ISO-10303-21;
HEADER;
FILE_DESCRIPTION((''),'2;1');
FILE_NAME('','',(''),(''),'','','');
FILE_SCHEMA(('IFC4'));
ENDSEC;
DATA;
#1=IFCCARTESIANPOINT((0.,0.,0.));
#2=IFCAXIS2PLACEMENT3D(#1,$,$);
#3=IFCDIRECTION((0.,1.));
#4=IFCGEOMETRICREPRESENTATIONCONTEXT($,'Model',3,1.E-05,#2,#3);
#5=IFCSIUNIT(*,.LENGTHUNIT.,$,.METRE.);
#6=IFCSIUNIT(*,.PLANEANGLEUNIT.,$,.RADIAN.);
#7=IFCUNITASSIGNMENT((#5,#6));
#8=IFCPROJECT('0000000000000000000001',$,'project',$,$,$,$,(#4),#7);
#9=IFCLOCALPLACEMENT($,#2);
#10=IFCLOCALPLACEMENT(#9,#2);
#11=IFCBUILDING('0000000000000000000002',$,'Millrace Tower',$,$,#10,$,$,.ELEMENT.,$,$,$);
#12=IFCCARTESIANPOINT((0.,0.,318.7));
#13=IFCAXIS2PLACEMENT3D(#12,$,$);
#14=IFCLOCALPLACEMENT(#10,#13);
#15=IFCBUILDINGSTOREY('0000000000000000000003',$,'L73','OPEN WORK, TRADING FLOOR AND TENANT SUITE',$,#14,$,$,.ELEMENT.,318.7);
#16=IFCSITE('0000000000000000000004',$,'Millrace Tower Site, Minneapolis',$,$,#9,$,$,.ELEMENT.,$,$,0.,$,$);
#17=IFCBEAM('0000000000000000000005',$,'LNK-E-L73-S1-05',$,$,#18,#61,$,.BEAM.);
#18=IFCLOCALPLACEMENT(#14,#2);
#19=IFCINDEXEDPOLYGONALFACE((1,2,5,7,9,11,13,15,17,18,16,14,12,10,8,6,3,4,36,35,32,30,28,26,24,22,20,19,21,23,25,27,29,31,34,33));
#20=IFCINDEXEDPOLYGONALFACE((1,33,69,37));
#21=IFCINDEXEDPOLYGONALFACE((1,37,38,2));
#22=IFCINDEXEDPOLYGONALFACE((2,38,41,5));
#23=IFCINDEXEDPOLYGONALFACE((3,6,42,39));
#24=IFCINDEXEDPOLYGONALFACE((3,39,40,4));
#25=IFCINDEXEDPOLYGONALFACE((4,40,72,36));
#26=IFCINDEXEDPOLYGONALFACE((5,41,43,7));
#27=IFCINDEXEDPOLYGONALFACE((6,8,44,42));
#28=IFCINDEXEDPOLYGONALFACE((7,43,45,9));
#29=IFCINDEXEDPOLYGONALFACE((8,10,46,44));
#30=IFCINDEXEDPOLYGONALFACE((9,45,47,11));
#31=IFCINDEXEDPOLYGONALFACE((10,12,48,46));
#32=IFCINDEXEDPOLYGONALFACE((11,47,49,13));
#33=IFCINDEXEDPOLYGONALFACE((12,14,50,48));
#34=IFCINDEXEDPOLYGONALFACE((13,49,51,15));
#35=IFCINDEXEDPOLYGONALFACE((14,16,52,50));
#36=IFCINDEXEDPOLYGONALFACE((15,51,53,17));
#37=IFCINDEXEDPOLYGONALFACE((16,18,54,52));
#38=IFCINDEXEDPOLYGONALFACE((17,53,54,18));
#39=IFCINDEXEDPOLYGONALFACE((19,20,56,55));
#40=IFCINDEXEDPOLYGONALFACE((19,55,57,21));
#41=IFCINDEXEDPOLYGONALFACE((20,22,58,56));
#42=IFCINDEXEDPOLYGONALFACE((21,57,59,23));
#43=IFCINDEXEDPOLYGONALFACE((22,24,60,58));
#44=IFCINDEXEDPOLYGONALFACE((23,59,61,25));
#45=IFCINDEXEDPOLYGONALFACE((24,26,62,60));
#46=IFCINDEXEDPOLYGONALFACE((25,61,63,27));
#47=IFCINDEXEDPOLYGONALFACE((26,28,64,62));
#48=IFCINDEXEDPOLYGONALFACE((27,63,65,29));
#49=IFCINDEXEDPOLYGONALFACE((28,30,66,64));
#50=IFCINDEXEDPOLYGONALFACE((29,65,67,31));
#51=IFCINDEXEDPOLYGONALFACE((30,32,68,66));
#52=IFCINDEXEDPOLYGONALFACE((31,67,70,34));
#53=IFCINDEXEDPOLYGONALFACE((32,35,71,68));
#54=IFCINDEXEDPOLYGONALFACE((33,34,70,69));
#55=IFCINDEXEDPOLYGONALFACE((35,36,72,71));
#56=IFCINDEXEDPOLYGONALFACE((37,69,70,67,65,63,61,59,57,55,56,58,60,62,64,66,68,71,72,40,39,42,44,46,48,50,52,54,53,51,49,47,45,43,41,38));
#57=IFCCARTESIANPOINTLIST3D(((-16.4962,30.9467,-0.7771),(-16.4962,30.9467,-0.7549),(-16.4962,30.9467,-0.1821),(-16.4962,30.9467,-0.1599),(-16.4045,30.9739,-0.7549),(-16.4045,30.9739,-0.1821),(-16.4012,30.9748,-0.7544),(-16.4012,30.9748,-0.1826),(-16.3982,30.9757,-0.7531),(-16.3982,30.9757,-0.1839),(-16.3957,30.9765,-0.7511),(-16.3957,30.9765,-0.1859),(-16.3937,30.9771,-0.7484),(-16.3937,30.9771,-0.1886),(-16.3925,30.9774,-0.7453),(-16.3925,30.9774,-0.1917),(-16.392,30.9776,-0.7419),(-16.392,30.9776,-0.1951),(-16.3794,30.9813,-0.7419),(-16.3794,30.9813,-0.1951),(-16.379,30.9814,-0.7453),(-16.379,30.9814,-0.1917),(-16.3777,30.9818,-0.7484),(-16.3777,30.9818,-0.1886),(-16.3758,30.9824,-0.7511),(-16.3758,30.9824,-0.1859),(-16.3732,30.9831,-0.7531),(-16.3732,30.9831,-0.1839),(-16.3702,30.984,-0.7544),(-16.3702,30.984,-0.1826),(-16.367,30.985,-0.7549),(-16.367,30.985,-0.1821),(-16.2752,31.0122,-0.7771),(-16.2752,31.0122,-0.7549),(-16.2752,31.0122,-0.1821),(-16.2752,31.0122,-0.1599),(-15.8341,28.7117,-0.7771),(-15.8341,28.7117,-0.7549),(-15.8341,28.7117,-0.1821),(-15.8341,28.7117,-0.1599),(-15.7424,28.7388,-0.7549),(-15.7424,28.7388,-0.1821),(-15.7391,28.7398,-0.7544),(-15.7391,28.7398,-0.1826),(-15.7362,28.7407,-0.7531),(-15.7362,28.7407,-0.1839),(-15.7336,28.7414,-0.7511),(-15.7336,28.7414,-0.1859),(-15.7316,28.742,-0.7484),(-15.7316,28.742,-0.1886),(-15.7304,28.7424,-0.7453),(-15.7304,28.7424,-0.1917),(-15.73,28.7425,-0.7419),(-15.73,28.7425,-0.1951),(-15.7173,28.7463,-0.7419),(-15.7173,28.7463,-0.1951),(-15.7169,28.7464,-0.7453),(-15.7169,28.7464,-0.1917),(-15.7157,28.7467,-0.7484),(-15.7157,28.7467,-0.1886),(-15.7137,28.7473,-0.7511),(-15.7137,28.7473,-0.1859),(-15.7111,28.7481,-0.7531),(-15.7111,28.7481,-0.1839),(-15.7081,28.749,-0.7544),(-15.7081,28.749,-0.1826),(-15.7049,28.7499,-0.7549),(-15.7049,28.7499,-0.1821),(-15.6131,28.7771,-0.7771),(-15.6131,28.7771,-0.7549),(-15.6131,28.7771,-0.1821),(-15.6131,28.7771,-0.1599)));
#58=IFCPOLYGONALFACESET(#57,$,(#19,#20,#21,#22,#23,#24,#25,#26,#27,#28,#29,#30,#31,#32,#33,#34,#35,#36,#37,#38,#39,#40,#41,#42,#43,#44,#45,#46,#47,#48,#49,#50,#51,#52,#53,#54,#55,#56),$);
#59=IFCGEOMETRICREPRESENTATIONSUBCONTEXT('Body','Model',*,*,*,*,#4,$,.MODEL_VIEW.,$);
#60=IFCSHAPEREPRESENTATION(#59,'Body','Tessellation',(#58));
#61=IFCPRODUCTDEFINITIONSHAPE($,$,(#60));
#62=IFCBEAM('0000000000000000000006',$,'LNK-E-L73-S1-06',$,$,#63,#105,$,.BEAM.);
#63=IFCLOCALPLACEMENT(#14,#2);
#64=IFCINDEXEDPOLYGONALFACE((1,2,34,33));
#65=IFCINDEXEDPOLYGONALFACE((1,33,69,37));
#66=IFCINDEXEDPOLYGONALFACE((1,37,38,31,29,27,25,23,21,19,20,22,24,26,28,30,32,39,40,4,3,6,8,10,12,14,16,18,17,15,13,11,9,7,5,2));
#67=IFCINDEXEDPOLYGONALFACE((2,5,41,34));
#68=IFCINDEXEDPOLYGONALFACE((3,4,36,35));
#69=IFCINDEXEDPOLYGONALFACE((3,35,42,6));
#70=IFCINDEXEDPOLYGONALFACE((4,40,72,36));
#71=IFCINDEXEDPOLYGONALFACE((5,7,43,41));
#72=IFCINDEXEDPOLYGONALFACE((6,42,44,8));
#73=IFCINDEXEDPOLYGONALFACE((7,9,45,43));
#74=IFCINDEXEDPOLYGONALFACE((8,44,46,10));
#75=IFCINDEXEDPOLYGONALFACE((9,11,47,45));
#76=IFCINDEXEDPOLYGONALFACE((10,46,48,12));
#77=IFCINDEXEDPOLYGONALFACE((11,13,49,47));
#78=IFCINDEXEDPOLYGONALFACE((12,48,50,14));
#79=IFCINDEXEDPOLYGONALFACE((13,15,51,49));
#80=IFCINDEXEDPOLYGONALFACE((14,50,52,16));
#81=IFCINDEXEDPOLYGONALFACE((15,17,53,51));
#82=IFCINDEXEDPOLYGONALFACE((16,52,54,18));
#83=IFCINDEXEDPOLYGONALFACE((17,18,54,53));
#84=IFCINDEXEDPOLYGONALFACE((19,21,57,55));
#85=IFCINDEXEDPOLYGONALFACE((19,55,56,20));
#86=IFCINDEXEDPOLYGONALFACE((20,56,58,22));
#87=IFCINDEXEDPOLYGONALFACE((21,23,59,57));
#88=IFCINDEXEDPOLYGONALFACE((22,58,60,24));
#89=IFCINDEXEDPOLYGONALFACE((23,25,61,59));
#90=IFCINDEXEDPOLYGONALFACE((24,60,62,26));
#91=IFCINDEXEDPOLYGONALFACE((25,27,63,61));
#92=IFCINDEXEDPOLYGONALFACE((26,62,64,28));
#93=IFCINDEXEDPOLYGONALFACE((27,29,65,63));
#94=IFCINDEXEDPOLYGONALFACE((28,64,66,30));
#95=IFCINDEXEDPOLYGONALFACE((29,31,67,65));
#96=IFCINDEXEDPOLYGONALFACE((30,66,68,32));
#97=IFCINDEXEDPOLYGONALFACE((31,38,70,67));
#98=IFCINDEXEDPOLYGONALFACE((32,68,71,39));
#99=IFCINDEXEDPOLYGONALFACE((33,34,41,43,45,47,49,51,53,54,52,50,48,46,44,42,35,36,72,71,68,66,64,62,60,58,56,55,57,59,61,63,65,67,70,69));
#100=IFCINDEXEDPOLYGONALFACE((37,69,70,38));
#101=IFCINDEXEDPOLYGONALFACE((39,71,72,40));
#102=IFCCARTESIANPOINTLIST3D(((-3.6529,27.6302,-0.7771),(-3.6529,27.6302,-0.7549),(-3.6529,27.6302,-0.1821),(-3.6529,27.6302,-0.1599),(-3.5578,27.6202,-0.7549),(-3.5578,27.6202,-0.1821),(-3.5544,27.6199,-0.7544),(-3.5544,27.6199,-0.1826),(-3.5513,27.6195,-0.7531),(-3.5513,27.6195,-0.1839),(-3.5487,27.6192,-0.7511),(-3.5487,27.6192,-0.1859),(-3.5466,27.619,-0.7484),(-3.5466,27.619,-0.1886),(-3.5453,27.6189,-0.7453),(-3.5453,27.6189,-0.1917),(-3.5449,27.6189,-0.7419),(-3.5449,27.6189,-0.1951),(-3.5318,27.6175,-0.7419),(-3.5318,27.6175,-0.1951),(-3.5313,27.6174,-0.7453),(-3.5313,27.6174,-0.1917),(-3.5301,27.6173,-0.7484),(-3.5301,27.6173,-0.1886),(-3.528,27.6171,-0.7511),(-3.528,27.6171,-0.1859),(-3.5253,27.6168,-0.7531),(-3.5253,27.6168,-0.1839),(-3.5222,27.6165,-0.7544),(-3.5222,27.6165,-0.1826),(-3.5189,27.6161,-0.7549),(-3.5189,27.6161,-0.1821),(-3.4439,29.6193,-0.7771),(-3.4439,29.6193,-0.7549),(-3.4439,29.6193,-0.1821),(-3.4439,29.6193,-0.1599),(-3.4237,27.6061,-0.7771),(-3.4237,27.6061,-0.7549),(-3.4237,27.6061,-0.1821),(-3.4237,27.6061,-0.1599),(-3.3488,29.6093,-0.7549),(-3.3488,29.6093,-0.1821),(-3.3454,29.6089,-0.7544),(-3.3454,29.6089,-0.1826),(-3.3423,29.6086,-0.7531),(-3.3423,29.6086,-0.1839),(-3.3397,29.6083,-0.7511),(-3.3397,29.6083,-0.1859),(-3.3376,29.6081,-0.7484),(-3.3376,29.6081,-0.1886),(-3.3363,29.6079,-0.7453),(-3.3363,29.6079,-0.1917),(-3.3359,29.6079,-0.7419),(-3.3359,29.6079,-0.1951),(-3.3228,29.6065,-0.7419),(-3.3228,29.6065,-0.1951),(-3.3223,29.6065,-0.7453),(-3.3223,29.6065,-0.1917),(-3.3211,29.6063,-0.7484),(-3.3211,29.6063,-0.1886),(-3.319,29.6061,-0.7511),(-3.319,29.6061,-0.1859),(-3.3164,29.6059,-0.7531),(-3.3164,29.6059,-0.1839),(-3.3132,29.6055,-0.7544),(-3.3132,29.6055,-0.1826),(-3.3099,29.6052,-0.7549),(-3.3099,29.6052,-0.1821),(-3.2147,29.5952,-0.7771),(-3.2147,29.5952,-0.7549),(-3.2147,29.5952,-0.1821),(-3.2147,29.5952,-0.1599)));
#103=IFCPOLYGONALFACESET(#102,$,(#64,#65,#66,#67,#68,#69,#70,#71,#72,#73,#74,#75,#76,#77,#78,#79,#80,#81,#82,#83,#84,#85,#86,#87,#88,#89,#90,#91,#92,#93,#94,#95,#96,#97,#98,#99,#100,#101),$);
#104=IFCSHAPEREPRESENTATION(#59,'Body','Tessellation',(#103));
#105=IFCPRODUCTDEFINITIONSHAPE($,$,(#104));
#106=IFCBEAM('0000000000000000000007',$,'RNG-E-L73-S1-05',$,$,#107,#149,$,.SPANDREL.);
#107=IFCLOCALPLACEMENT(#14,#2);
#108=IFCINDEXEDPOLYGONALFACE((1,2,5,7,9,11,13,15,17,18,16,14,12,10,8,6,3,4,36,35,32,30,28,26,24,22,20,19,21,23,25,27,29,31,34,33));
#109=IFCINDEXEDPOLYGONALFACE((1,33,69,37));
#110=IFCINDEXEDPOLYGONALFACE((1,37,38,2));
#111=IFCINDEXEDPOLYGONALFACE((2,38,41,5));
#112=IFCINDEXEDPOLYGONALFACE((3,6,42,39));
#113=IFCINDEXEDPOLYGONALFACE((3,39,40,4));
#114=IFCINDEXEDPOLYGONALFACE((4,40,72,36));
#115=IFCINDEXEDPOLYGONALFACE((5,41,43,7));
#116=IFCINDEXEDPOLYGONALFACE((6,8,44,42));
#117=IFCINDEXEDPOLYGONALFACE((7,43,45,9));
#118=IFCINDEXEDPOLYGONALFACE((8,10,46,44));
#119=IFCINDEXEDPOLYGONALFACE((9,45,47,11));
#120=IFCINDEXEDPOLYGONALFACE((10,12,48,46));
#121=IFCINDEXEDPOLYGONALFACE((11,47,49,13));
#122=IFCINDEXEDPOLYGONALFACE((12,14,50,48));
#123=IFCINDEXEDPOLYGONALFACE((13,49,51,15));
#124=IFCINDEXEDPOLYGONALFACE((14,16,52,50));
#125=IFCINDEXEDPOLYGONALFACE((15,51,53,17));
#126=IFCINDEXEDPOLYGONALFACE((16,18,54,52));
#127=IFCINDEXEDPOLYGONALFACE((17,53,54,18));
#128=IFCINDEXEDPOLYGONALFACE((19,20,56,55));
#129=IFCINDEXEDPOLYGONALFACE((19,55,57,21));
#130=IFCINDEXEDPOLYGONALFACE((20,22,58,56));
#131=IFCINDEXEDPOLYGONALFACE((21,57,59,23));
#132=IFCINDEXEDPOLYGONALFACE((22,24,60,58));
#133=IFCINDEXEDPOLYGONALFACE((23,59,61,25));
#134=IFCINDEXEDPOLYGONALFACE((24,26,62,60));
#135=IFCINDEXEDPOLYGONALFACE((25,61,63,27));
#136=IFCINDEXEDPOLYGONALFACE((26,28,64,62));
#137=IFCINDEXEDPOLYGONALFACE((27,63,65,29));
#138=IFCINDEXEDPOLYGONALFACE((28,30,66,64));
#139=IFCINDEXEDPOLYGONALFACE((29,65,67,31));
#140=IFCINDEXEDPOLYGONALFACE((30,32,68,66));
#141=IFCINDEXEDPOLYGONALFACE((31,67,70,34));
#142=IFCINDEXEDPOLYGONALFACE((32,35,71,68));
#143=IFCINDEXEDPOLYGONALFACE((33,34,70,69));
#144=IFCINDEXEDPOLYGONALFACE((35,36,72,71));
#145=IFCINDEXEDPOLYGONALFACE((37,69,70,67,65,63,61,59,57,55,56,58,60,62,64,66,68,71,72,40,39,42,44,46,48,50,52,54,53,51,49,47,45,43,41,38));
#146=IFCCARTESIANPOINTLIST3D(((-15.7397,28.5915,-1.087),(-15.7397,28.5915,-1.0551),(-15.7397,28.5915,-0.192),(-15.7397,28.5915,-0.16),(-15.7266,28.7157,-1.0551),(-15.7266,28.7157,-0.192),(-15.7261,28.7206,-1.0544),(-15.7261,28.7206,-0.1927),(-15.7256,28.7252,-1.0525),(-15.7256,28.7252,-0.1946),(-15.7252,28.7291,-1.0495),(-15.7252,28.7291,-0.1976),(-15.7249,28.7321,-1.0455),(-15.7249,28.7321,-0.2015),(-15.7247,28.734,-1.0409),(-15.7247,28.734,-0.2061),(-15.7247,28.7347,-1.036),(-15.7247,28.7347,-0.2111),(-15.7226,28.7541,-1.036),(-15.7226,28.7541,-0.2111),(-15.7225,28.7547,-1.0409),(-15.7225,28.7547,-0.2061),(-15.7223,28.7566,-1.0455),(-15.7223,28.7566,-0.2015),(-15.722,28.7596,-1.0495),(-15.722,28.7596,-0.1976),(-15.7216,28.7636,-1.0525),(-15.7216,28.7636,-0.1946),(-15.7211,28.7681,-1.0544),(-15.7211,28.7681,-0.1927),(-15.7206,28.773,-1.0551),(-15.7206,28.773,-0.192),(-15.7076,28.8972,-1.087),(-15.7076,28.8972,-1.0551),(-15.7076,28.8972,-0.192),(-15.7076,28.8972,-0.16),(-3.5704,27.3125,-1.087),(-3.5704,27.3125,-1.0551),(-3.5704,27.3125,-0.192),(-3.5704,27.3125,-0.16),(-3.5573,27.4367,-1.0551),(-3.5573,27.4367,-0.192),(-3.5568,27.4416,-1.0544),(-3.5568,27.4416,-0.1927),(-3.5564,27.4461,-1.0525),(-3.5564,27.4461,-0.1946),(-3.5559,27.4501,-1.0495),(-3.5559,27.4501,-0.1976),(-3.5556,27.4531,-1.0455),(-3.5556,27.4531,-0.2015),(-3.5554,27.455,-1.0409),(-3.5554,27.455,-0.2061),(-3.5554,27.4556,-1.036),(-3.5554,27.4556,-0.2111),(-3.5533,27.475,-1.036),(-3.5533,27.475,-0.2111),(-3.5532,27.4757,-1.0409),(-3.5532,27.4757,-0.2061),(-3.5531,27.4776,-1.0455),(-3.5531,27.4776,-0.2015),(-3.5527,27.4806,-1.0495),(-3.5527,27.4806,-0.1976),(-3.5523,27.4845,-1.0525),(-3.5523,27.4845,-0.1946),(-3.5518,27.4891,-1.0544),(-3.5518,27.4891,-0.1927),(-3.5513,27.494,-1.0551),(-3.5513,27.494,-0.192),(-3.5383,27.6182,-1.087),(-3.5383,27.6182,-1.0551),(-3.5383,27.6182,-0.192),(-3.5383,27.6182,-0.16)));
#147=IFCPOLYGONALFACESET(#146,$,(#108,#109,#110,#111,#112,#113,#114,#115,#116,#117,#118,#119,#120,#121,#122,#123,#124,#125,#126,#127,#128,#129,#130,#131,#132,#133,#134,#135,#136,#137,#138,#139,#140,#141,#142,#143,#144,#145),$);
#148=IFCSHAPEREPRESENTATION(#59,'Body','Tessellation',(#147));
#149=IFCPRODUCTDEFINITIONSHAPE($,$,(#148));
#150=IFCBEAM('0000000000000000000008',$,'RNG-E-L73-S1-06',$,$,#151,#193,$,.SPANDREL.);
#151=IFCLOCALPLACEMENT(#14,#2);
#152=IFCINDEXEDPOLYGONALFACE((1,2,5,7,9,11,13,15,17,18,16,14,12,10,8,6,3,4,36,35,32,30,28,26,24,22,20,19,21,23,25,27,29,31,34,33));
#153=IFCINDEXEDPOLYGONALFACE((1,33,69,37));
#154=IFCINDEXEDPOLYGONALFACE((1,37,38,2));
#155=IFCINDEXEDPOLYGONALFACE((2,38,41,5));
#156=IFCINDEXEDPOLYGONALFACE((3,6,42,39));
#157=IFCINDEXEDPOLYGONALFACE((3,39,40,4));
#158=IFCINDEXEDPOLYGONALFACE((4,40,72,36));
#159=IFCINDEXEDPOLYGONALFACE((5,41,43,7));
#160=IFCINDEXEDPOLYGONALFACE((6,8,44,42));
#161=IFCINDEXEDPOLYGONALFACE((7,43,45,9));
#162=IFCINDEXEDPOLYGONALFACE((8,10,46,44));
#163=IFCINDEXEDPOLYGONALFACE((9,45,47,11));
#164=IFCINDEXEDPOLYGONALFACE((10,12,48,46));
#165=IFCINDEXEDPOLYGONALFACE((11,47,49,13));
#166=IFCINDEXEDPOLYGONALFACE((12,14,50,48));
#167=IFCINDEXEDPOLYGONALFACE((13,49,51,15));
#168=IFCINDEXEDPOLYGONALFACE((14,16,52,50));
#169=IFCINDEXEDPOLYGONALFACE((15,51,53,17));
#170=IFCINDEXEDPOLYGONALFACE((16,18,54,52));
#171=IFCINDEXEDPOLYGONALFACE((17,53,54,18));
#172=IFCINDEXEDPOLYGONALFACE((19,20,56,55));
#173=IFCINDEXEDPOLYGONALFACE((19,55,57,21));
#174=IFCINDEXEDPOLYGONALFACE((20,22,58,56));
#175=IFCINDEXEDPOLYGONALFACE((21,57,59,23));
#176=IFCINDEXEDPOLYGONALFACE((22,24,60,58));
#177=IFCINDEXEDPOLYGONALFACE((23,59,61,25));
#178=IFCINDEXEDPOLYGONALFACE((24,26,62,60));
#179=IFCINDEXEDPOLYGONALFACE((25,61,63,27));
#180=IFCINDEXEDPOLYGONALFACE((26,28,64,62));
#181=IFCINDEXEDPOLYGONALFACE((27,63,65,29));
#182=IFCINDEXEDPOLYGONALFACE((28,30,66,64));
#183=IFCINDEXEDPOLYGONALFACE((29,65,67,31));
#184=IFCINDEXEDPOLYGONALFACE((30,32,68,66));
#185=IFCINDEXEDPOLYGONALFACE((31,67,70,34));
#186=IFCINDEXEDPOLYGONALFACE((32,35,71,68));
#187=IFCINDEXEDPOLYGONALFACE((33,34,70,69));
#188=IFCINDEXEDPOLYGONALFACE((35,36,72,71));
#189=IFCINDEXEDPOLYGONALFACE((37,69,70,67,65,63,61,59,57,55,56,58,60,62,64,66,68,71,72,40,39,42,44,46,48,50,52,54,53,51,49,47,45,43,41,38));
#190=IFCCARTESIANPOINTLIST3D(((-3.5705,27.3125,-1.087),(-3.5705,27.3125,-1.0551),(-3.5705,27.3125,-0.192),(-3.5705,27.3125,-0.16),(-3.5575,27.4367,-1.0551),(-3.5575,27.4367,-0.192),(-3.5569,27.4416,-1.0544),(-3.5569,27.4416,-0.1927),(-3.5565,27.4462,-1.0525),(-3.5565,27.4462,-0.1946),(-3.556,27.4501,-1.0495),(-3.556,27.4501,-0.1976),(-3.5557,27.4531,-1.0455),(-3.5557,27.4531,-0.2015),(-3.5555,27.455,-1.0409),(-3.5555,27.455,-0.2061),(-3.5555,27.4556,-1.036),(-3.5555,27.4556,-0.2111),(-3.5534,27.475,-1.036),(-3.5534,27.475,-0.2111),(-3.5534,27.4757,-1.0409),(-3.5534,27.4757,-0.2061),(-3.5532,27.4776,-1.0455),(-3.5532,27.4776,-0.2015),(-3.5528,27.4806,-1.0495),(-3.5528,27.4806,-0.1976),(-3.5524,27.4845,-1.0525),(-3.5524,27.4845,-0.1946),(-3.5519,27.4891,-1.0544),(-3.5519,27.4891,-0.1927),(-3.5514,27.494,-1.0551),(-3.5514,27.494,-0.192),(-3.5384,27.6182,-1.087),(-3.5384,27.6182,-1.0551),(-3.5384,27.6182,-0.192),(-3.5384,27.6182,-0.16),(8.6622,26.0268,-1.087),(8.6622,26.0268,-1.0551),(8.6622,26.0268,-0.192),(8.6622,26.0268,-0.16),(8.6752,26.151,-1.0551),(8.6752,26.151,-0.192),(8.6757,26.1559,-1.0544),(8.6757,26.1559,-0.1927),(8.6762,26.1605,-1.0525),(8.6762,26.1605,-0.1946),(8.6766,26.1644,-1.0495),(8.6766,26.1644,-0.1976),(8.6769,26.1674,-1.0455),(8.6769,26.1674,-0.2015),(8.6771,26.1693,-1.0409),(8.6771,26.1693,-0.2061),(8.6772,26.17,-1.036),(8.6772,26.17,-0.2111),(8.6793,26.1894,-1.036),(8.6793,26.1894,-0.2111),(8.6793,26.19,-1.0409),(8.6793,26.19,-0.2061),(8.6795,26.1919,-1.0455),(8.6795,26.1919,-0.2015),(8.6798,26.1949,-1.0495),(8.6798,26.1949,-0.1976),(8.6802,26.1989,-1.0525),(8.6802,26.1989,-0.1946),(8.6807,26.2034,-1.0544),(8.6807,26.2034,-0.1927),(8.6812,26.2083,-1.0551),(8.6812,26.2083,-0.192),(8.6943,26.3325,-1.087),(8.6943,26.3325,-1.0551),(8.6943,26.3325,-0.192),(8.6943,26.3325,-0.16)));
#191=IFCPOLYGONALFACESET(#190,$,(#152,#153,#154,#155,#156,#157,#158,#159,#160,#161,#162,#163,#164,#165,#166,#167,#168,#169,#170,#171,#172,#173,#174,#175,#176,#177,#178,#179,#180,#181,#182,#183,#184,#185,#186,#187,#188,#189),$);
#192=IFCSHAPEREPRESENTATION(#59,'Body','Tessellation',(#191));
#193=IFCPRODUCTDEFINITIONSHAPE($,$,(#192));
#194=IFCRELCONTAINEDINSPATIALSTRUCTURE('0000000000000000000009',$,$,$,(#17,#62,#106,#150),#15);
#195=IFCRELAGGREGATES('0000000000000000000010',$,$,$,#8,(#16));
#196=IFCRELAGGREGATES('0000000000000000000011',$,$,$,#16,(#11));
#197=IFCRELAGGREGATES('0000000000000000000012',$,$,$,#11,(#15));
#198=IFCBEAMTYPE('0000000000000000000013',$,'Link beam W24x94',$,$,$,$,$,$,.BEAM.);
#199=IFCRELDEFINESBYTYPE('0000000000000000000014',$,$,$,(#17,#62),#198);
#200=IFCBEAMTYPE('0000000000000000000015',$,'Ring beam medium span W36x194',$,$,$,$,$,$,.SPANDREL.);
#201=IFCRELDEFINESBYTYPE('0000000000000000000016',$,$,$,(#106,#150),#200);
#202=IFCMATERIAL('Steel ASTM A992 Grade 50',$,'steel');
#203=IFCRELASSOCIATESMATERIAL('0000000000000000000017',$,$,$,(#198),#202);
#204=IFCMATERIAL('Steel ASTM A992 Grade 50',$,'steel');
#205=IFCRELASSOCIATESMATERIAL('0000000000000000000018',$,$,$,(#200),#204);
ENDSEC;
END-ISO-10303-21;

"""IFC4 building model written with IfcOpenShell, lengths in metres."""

from ifc_helpers import new_model, si_unit, direction, frame, origin, origin_2d, place, context, subcontext, project, spatial, i_section, extrude, material, material_profile, profile_set, type_object, element, save


model = new_model("IFC4")

# Units and contexts
model_context = context("Model", 3, precision=1e-05, world=origin(), true_north=direction((0.0, 1.0)))
body_context = subcontext(model_context, "Body", "Model", "MODEL_VIEW")
ifc_project = project(units=[si_unit("LENGTHUNIT", "METRE"), si_unit("PLANEANGLEUNIT", "RADIAN")], contexts=[model_context])

# Site, building, storey
site_placement = place(None, origin())
site = spatial("IfcSite", under=ifc_project, at=site_placement, Name="Millrace Tower Site, Minneapolis", CompositionType="ELEMENT", RefElevation=0.0)
building_placement = place(site_placement, origin())
building = spatial("IfcBuilding", under=site, at=building_placement, Name="Millrace Tower", CompositionType="ELEMENT")
storey_placement = place(building_placement, frame((0.0, 0.0, 318.7)))
storey = spatial("IfcBuildingStorey", under=building, at=storey_placement, Name="L73", Description="OPEN WORK, TRADING FLOOR AND TENANT SUITE", CompositionType="ELEMENT", Elevation=318.7)

# Beams
ifc_material_1 = material(Name="Steel ASTM A992 Grade 50", Category="steel")
ifc_material_profile_1 = material_profile(ifc_material_1, i_section(OverallWidth=0.2305, OverallDepth=0.6172, WebThickness=0.0132, FlangeThickness=0.0222, FilletRadius=0.0129, at=origin_2d()))
ifc_profile_set_1 = profile_set([ifc_material_profile_1], Name="Steel ASTM A992 Grade 50")
beam_type_1 = type_object("IfcBeamType", Name="Link beam W24x94", PredefinedType="BEAM", material=ifc_profile_set_1)
beam_1_placement = place(storey_placement, frame((-15.7236, 28.7444, -0.4685), z_axis=(-0.284031, 0.958815, 0.0), x_axis=(-0.958815, -0.284031, 0.0)))
element("IfcBeam", 1, at=beam_1_placement, inside=storey, type_object=beam_type_1, Name="LNK-E-L73-S1-05", PredefinedType="BEAM", context=body_context, shape_type="SweptSolid", body=[
    extrude(i_section(OverallWidth=0.2305, OverallDepth=0.6172, WebThickness=0.0132, FlangeThickness=0.0222, FilletRadius=0.0129, at=origin_2d()), origin(), (0.0, 0.0, 1.0), 2.3311),
])
beam_2_placement = place(storey_placement, frame((-3.5383, 27.6182, -0.4685), z_axis=(0.104494, 0.994526, 0.0), x_axis=(-0.994526, 0.104494, 0.0)))
element("IfcBeam", 2, at=beam_2_placement, inside=storey, type_object=beam_type_1, Name="LNK-E-L73-S1-06", PredefinedType="BEAM", context=body_context, shape_type="SweptSolid", body=[
    extrude(i_section(OverallWidth=0.2305, OverallDepth=0.6172, WebThickness=0.0132, FlangeThickness=0.0222, FilletRadius=0.0129, at=origin_2d()), origin(), (0.0, 0.0, 1.0), 2.0),
])
ifc_material_2 = material(Name="Steel ASTM A992 Grade 50", Category="steel")
ifc_material_profile_2 = material_profile(ifc_material_2, i_section(OverallWidth=0.3074, OverallDepth=0.927, WebThickness=0.0195, FlangeThickness=0.032, FilletRadius=0.019, at=origin_2d()))
ifc_profile_set_2 = profile_set([ifc_material_profile_2], Name="Steel ASTM A992 Grade 50")
beam_type_2 = type_object("IfcBeamType", Name="Ring beam medium span W36x194", PredefinedType="SPANDREL", material=ifc_profile_set_2)
beam_3_placement = place(storey_placement, frame((-15.7236, 28.7444, -0.6235), z_axis=(0.994522, -0.10453, 0.0), x_axis=(0.10453, 0.994522, 0.0)))
element("IfcBeam", 3, at=beam_3_placement, inside=storey, type_object=beam_type_2, Name="RNG-E-L73-S1-05", PredefinedType="SPANDREL", context=body_context, shape_type="SweptSolid", body=[
    extrude(i_section(OverallWidth=0.3074, OverallDepth=0.927, WebThickness=0.0195, FlangeThickness=0.032, FilletRadius=0.019, at=origin_2d()), origin(), (0.0, 0.0, 1.0), 12.2363),
])
beam_4_placement = place(storey_placement, frame((-3.5544, 27.4653, -0.6235), z_axis=(0.994522, -0.104524, 0.0), x_axis=(0.104524, 0.994522, 0.0)))
element("IfcBeam", 4, at=beam_4_placement, inside=storey, type_object=beam_type_2, Name="RNG-E-L73-S1-06", PredefinedType="SPANDREL", context=body_context, shape_type="SweptSolid", body=[
    extrude(i_section(OverallWidth=0.3074, OverallDepth=0.927, WebThickness=0.0195, FlangeThickness=0.032, FilletRadius=0.019, at=origin_2d()), origin(), (0.0, 0.0, 1.0), 12.3),
])

save(model, "model.ifc")
